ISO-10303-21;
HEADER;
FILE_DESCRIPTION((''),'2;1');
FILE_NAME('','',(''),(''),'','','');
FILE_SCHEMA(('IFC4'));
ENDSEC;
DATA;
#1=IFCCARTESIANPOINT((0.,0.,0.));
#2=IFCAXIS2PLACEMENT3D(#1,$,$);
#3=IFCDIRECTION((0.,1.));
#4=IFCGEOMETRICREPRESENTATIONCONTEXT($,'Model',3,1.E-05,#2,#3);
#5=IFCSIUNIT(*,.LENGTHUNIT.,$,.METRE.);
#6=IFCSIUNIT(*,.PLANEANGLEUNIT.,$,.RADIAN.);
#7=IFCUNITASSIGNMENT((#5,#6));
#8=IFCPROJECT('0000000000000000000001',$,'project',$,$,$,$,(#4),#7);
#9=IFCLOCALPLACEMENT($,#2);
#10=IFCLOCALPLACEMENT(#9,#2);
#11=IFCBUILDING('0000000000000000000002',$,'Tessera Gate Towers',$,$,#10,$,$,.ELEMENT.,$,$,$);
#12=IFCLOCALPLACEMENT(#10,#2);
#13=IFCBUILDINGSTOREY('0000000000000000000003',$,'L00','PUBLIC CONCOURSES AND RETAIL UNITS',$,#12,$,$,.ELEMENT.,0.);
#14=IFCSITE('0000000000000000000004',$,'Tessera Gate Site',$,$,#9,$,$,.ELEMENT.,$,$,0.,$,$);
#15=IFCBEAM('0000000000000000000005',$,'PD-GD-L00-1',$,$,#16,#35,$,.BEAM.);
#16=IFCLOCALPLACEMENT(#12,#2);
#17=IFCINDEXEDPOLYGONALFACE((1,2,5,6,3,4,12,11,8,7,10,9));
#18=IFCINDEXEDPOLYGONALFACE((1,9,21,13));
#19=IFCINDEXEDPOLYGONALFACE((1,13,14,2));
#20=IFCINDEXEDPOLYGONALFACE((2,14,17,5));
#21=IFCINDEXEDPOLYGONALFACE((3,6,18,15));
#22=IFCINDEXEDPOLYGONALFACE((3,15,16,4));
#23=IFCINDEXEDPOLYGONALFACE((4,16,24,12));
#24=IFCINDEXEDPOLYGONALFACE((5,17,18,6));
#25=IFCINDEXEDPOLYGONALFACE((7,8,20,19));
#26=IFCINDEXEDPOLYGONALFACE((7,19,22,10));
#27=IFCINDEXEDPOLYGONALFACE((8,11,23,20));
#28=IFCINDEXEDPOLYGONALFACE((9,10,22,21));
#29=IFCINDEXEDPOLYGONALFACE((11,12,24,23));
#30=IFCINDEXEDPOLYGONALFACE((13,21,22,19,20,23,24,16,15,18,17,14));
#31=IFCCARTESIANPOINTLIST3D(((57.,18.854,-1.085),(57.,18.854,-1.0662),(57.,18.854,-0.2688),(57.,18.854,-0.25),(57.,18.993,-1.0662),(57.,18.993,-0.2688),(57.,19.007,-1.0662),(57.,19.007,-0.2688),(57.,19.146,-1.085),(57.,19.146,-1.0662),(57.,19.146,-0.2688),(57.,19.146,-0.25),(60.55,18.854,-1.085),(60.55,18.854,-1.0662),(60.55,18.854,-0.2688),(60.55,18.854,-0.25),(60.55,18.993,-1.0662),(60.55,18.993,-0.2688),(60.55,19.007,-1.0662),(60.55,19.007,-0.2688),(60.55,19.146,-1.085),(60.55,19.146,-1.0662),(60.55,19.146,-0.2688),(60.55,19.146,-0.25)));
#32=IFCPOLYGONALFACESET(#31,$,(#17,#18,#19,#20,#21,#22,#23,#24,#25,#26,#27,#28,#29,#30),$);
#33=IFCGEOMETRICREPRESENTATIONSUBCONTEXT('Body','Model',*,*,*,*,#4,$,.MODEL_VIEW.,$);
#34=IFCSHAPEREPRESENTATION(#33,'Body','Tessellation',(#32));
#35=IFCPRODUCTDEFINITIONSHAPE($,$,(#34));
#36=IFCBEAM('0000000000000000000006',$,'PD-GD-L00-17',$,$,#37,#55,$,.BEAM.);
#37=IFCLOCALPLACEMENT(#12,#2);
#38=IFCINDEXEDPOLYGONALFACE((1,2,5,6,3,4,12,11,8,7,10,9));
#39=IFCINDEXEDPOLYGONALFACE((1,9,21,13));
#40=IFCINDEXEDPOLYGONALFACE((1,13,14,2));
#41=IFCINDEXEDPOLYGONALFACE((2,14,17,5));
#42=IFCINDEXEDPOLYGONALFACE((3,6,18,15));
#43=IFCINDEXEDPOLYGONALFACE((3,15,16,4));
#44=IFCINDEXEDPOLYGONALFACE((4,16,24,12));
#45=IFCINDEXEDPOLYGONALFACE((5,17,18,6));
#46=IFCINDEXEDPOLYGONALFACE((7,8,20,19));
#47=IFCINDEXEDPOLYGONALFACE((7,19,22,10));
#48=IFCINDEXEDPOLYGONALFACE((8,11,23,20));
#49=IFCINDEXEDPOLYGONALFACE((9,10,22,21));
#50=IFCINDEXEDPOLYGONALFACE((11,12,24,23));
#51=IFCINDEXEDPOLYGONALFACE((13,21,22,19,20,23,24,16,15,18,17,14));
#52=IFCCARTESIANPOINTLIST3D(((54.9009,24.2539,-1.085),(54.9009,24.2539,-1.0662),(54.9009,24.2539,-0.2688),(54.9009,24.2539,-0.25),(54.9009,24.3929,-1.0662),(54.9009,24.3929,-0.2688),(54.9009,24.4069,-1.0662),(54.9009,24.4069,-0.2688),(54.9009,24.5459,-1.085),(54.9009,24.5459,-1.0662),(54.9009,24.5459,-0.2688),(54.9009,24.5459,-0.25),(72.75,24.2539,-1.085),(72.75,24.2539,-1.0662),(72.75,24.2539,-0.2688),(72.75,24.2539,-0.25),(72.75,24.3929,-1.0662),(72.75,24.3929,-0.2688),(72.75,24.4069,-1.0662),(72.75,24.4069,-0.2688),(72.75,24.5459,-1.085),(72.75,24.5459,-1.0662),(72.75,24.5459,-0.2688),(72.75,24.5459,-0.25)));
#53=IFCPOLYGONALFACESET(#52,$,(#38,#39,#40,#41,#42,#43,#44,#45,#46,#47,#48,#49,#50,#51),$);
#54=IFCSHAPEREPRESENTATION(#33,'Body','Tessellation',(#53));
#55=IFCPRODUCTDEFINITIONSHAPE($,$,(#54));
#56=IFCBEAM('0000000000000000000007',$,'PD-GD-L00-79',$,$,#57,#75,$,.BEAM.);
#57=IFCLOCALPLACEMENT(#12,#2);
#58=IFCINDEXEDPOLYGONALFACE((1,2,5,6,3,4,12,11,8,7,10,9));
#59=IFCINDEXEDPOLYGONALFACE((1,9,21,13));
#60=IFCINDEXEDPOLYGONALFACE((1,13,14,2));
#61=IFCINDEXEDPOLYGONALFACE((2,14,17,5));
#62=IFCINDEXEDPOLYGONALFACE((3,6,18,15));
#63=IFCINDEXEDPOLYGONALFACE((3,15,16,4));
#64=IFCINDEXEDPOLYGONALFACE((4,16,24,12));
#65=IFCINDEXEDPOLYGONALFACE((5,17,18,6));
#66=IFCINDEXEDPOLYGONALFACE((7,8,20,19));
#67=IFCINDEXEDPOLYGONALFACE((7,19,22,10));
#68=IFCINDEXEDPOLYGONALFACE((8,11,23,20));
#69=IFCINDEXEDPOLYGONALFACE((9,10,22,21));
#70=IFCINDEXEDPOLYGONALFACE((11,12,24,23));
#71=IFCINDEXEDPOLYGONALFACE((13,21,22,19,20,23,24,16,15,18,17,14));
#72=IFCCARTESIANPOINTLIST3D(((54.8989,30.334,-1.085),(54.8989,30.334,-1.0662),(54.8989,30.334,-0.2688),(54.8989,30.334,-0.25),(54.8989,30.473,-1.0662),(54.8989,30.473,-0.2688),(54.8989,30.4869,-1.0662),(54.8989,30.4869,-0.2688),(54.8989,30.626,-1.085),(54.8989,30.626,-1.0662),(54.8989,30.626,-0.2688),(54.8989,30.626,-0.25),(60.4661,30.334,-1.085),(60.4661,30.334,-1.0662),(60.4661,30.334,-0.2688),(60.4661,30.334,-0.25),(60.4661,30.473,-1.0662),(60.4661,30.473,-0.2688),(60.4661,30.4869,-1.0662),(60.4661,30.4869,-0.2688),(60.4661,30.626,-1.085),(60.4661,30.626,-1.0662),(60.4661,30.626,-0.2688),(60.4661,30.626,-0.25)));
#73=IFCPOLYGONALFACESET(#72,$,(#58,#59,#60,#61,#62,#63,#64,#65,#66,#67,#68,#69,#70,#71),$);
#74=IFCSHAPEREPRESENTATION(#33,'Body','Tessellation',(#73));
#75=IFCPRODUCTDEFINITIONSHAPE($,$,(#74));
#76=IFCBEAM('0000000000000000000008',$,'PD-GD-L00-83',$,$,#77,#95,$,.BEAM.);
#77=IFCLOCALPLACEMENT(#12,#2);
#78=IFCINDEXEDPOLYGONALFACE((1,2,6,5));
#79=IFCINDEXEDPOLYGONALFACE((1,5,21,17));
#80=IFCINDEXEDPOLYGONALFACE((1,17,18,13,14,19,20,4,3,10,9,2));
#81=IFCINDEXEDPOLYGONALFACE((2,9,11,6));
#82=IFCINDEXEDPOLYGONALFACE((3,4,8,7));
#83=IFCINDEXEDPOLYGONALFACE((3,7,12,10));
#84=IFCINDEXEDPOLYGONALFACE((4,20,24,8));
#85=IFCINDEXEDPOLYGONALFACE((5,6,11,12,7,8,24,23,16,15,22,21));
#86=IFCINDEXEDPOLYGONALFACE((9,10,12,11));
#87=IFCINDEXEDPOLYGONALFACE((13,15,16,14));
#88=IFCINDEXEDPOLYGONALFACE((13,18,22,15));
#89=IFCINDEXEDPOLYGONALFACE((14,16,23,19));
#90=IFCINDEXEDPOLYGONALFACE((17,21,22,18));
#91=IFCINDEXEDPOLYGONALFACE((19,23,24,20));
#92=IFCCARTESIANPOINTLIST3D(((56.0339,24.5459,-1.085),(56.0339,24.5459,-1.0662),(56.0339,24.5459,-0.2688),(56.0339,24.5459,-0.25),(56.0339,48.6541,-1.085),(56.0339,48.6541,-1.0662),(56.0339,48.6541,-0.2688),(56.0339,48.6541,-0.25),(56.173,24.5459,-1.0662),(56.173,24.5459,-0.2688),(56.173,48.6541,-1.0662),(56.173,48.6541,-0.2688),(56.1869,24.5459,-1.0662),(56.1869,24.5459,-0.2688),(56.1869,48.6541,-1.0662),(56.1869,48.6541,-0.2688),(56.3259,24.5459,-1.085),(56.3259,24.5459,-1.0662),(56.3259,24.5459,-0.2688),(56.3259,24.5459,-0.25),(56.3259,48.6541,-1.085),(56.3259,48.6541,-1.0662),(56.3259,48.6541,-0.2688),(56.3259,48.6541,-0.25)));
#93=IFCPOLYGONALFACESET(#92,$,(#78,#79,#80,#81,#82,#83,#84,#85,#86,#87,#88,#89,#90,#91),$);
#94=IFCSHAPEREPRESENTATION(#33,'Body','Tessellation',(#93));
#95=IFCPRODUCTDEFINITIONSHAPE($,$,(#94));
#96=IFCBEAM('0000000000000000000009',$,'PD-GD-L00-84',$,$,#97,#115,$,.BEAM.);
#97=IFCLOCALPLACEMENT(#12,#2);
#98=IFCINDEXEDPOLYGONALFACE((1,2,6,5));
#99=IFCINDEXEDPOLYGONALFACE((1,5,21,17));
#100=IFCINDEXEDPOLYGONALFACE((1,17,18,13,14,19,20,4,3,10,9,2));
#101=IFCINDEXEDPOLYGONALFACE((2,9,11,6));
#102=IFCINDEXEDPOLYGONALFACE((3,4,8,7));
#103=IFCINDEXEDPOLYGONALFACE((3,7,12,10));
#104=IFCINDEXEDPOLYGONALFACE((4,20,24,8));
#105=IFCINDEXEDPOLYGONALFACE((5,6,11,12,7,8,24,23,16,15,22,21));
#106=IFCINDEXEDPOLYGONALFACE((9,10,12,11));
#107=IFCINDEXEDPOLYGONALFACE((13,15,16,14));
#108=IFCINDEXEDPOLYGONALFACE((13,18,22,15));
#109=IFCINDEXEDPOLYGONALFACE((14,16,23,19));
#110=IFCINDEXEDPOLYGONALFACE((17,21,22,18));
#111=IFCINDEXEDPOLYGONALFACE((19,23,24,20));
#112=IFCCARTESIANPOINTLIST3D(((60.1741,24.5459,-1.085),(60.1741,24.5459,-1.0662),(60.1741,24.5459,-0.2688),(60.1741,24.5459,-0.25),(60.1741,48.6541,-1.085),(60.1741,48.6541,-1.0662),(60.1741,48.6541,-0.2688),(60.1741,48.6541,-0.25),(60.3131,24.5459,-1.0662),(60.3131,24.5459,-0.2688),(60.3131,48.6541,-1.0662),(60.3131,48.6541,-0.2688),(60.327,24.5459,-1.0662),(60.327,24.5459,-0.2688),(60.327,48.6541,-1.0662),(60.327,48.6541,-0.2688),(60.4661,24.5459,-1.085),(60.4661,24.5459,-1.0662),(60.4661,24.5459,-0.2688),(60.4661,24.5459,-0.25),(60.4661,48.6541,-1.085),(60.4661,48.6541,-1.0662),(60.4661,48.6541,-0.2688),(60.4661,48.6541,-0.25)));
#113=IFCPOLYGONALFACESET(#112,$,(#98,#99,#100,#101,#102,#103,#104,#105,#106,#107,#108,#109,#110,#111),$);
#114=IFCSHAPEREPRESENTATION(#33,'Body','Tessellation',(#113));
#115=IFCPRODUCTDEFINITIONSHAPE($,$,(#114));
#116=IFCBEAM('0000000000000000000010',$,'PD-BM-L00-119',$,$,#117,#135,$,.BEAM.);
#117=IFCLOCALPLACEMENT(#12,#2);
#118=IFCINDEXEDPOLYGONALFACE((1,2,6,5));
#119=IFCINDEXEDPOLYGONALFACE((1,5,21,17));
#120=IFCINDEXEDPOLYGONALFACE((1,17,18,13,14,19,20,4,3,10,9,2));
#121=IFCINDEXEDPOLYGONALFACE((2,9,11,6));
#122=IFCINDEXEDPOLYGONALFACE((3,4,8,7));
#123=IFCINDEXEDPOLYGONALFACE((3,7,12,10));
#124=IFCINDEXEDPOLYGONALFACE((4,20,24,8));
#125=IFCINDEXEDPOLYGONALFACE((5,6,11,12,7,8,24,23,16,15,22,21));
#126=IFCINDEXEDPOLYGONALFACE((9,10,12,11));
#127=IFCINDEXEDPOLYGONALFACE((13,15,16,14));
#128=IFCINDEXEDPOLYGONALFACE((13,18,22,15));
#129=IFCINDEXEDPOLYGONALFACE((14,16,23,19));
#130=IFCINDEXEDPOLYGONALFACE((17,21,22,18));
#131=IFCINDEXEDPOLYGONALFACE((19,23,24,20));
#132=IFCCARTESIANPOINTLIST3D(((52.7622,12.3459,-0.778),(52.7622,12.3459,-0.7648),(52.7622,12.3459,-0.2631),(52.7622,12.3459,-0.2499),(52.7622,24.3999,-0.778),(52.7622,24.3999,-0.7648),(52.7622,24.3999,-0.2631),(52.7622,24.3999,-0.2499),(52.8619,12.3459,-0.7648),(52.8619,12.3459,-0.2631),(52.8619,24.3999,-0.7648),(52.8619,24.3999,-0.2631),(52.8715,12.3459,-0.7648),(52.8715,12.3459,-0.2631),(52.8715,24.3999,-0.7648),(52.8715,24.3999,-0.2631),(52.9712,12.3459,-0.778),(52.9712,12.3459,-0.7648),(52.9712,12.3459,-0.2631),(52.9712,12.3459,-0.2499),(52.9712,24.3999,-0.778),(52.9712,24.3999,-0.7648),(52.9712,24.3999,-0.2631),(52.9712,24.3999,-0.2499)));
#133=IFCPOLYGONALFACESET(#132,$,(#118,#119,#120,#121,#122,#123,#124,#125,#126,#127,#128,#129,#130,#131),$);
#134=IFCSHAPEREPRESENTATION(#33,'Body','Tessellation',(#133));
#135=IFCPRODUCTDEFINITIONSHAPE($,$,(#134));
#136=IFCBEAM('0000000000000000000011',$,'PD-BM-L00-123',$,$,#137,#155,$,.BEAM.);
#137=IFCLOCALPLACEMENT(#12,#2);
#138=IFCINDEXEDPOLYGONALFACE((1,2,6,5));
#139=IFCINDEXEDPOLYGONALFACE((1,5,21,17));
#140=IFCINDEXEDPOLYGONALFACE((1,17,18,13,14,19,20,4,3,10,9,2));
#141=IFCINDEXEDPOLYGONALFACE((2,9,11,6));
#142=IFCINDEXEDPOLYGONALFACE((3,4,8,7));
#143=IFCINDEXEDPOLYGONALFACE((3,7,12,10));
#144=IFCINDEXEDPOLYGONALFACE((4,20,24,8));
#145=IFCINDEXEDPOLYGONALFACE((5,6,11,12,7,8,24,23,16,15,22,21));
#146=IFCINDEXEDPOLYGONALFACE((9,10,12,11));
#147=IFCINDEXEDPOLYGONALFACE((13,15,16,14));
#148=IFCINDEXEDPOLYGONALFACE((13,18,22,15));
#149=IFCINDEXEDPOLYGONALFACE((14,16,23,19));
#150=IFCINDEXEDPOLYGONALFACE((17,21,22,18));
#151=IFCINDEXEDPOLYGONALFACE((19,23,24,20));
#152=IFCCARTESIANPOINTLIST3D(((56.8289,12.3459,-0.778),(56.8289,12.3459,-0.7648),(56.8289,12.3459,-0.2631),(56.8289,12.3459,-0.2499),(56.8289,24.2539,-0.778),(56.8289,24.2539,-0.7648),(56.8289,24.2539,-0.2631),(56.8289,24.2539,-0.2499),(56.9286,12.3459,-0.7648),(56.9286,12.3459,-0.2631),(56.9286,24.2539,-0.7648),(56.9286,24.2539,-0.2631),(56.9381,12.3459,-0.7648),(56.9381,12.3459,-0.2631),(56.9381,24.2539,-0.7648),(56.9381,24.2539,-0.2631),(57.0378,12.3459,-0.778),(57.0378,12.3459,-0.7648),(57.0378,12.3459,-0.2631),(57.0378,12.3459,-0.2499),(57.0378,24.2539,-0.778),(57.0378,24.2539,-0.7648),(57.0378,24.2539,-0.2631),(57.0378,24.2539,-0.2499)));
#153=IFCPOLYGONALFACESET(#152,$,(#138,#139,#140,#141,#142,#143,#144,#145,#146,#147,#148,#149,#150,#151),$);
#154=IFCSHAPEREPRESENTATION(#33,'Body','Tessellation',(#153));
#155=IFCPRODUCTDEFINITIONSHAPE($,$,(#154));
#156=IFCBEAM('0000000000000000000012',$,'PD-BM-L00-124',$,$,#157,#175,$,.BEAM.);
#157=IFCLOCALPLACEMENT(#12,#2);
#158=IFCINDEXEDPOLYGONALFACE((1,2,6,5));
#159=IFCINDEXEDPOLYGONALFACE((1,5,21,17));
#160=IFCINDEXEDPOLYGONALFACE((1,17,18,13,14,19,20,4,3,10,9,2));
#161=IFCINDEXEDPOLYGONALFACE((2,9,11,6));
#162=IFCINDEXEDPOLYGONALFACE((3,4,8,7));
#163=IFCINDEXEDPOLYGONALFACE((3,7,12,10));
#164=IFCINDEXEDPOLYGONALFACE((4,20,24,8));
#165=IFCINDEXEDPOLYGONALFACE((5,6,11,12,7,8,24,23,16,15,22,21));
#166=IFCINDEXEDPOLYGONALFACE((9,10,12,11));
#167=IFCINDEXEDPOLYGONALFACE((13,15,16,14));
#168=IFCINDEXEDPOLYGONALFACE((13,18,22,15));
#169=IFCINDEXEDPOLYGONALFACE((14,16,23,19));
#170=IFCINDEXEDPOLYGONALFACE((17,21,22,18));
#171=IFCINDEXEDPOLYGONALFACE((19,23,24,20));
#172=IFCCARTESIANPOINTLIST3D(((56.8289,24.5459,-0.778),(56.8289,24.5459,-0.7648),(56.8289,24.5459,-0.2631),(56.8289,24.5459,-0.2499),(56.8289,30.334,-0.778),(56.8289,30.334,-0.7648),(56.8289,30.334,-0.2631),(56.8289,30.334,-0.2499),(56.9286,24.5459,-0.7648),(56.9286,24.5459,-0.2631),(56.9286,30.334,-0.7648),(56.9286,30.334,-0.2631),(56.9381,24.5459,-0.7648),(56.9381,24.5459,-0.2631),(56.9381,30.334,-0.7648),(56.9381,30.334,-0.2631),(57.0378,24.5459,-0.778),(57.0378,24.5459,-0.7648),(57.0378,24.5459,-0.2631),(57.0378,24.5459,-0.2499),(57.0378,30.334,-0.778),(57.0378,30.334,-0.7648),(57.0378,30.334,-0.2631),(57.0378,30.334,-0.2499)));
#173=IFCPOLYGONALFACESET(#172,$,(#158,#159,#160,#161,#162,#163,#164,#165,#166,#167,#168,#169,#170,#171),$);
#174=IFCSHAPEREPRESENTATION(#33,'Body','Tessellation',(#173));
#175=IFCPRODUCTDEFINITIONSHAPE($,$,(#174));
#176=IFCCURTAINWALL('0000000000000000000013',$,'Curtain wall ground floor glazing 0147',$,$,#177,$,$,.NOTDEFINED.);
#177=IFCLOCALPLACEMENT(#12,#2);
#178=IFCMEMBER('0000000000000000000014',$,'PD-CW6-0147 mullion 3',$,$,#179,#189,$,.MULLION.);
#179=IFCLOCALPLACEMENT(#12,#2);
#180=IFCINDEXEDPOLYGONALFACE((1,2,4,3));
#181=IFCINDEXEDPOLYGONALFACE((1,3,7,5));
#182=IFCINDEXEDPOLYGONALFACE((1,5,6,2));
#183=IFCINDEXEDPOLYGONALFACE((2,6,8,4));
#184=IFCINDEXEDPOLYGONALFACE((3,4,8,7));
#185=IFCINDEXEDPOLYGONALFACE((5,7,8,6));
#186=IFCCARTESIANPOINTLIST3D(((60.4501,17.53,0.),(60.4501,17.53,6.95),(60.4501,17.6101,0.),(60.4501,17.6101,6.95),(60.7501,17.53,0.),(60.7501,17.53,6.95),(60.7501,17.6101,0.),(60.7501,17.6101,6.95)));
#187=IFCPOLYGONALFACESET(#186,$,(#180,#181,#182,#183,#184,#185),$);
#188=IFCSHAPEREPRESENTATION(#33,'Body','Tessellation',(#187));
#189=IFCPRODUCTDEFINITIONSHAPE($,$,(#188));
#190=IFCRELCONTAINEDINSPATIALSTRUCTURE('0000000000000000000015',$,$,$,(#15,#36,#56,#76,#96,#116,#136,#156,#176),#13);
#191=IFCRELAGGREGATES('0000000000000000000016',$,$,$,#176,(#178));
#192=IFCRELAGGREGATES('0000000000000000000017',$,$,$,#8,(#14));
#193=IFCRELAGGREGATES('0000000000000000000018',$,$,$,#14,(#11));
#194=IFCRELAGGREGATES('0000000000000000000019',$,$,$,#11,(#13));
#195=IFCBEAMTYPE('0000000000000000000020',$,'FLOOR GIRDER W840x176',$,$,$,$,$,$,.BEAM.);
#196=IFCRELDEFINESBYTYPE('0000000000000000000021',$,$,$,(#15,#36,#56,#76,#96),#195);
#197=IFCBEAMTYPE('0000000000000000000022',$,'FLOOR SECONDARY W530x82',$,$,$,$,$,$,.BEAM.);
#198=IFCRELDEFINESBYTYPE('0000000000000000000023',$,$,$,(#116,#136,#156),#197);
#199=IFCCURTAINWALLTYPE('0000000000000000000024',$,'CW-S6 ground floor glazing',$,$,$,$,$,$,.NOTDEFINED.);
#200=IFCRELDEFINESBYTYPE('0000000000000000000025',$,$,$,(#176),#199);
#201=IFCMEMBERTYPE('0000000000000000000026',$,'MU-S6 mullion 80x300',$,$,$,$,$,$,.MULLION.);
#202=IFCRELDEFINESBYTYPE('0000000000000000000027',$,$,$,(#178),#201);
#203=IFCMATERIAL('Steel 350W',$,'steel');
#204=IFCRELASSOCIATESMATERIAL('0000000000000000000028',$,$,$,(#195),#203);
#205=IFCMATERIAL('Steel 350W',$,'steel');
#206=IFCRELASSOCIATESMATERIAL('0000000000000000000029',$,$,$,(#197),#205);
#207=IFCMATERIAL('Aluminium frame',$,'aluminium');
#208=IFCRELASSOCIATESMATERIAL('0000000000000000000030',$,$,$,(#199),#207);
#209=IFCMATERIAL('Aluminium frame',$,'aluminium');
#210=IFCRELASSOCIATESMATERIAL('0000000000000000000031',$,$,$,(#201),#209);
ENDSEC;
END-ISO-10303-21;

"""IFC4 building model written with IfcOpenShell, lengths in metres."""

from ifc_helpers import new_model, si_unit, direction, frame, origin, origin_2d, place, context, subcontext, project, spatial, rectangle, i_section, extrude, material, material_profile, profile_set, type_object, element, aggregate, save


model = new_model("IFC4")

# Units and contexts
model_context = context("Model", 3, precision=1e-05, world=origin(), true_north=direction((0.0, 1.0)))
body_context = subcontext(model_context, "Body", "Model", "MODEL_VIEW")
ifc_project = project(units=[si_unit("LENGTHUNIT", "METRE"), si_unit("PLANEANGLEUNIT", "RADIAN")], contexts=[model_context])

# Site, building, storey
site_placement = place(None, origin())
site = spatial("IfcSite", under=ifc_project, at=site_placement, Name="Tessera Gate Site", CompositionType="ELEMENT", RefElevation=0.0)
building_placement = place(site_placement, origin())
building = spatial("IfcBuilding", under=site, at=building_placement, Name="Tessera Gate Towers", CompositionType="ELEMENT")
storey_placement = place(building_placement, origin())
storey = spatial("IfcBuildingStorey", under=building, at=storey_placement, Name="L00", Description="PUBLIC CONCOURSES AND RETAIL UNITS", CompositionType="ELEMENT", Elevation=0.0)

# Beams
ifc_material_1 = material(Name="Steel 350W", Category="steel")
ifc_material_profile_1 = material_profile(ifc_material_1, i_section(OverallWidth=0.292, OverallDepth=0.835, WebThickness=0.0139, FlangeThickness=0.0188, at=origin_2d()), Name="W840x176")
ifc_profile_set_1 = profile_set([ifc_material_profile_1], Name="Steel 350W")
beam_type_1 = type_object("IfcBeamType", Name="FLOOR GIRDER W840x176", PredefinedType="BEAM", material=ifc_profile_set_1)
beam_1_placement = place(storey_placement, frame((57.0, 19.0, -0.6675), z_axis=(1.0, 0.0, 0.0), x_axis=(0.0, 1.0, 0.0)))
element("IfcBeam", 1, at=beam_1_placement, inside=storey, type_object=beam_type_1, Name="PD-GD-L00-1", PredefinedType="BEAM", context=body_context, shape_type="SweptSolid", body=[
    extrude(i_section(OverallWidth=0.292, OverallDepth=0.835, WebThickness=0.0139, FlangeThickness=0.0188, at=origin_2d()), origin(), (0.0, 0.0, 1.0), 3.55),
])
beam_2_placement = place(storey_placement, frame((54.9009, 24.3999, -0.6675), z_axis=(1.0, 0.0, 0.0), x_axis=(0.0, 1.0, 0.0)))
element("IfcBeam", 2, at=beam_2_placement, inside=storey, type_object=beam_type_1, Name="PD-GD-L00-17", PredefinedType="BEAM", context=body_context, shape_type="SweptSolid", body=[
    extrude(i_section(OverallWidth=0.292, OverallDepth=0.835, WebThickness=0.0139, FlangeThickness=0.0188, at=origin_2d()), origin(), (0.0, 0.0, 1.0), 17.8491),
])
beam_3_placement = place(storey_placement, frame((54.8989, 30.48, -0.6675), z_axis=(1.0, 0.0, 0.0), x_axis=(0.0, 1.0, 0.0)))
element("IfcBeam", 3, at=beam_3_placement, inside=storey, type_object=beam_type_1, Name="PD-GD-L00-79", PredefinedType="BEAM", context=body_context, shape_type="SweptSolid", body=[
    extrude(i_section(OverallWidth=0.292, OverallDepth=0.835, WebThickness=0.0139, FlangeThickness=0.0188, at=origin_2d()), origin(), (0.0, 0.0, 1.0), 5.5671),
])
for number, where, z_axis, x_axis, name in (
    (4, (56.1799, 24.5459, -0.6675), (0.0, 1.0, 0.0), (-1.0, 0.0, 0.0), "PD-GD-L00-83"),
    (5, (60.3201, 24.5459, -0.6675), (0.0, 1.0, 0.0), (-1.0, 0.0, 0.0), "PD-GD-L00-84"),
):
    element("IfcBeam", number, at=place(storey_placement, frame(where, z_axis=z_axis, x_axis=x_axis)), inside=storey, type_object=beam_type_1, Name=name, PredefinedType="BEAM", context=body_context, shape_type="SweptSolid", body=[
        extrude(i_section(OverallWidth=0.292, OverallDepth=0.835, WebThickness=0.0139, FlangeThickness=0.0188, at=origin_2d()), origin(), (0.0, 0.0, 1.0), 24.1082),
    ])
ifc_material_2 = material(Name="Steel 350W", Category="steel")
ifc_material_profile_2 = material_profile(ifc_material_2, i_section(OverallWidth=0.209, OverallDepth=0.5281, WebThickness=0.0095, FlangeThickness=0.0132, at=origin_2d()), Name="W530x82")
ifc_profile_set_2 = profile_set([ifc_material_profile_2], Name="Steel 350W")
beam_type_2 = type_object("IfcBeamType", Name="FLOOR SECONDARY W530x82", PredefinedType="BEAM", material=ifc_profile_set_2)
beam_4_placement = place(storey_placement, frame((52.8667, 12.3459, -0.5139), z_axis=(0.0, 1.0, 0.0), x_axis=(-1.0, 0.0, 0.0)))
element("IfcBeam", 6, at=beam_4_placement, inside=storey, type_object=beam_type_2, Name="PD-BM-L00-119", PredefinedType="BEAM", context=body_context, shape_type="SweptSolid", body=[
    extrude(i_section(OverallWidth=0.209, OverallDepth=0.5281, WebThickness=0.0095, FlangeThickness=0.0132, at=origin_2d()), origin(), (0.0, 0.0, 1.0), 12.054),
])
beam_5_placement = place(storey_placement, frame((56.9333, 12.3459, -0.5139), z_axis=(0.0, 1.0, 0.0), x_axis=(-1.0, 0.0, 0.0)))
element("IfcBeam", 7, at=beam_5_placement, inside=storey, type_object=beam_type_2, Name="PD-BM-L00-123", PredefinedType="BEAM", context=body_context, shape_type="SweptSolid", body=[
    extrude(i_section(OverallWidth=0.209, OverallDepth=0.5281, WebThickness=0.0095, FlangeThickness=0.0132, at=origin_2d()), origin(), (0.0, 0.0, 1.0), 11.908),
])
beam_6_placement = place(storey_placement, frame((56.9333, 24.5459, -0.5139), z_axis=(0.0, 1.0, 0.0), x_axis=(-1.0, 0.0, 0.0)))
element("IfcBeam", 8, at=beam_6_placement, inside=storey, type_object=beam_type_2, Name="PD-BM-L00-124", PredefinedType="BEAM", context=body_context, shape_type="SweptSolid", body=[
    extrude(i_section(OverallWidth=0.209, OverallDepth=0.5281, WebThickness=0.0095, FlangeThickness=0.0132, at=origin_2d()), origin(), (0.0, 0.0, 1.0), 5.7881),
])

# Curtain wall, member
ifc_material_3 = material(Name="Aluminium frame", Category="aluminium")
curtain_wall_type = type_object("IfcCurtainWallType", Name="CW-S6 ground floor glazing", PredefinedType="NOTDEFINED", material=ifc_material_3)
curtain_wall_placement = place(storey_placement, origin())
curtain_wall = element("IfcCurtainWall", 9, at=curtain_wall_placement, inside=storey, type_object=curtain_wall_type, Name="Curtain wall ground floor glazing 0147", PredefinedType="NOTDEFINED")
ifc_material_4 = material(Name="Aluminium frame", Category="aluminium")
ifc_material_profile_3 = material_profile(ifc_material_4, rectangle(XDim=0.0801, YDim=0.3, at=origin_2d()), Name="AL 80x300")
ifc_profile_set_3 = profile_set([ifc_material_profile_3], Name="Aluminium frame")
member_type = type_object("IfcMemberType", Name="MU-S6 mullion 80x300", PredefinedType="MULLION", material=ifc_profile_set_3)
member_placement = place(storey_placement, frame((60.6001, 17.5701, 0.0), z_axis=(0.0, 0.0, 1.0), x_axis=(0.0, 1.0, 0.0)))
member = element("IfcMember", 10, at=member_placement, type_object=member_type, Name="PD-CW6-0147 mullion 3", PredefinedType="MULLION", context=body_context, shape_type="SweptSolid", body=[
    extrude(rectangle(XDim=0.0801, YDim=0.3, at=origin_2d()), origin(), (0.0, 0.0, 1.0), 6.95),
])
aggregate(curtain_wall, [member])

save(model, "model.ifc")
